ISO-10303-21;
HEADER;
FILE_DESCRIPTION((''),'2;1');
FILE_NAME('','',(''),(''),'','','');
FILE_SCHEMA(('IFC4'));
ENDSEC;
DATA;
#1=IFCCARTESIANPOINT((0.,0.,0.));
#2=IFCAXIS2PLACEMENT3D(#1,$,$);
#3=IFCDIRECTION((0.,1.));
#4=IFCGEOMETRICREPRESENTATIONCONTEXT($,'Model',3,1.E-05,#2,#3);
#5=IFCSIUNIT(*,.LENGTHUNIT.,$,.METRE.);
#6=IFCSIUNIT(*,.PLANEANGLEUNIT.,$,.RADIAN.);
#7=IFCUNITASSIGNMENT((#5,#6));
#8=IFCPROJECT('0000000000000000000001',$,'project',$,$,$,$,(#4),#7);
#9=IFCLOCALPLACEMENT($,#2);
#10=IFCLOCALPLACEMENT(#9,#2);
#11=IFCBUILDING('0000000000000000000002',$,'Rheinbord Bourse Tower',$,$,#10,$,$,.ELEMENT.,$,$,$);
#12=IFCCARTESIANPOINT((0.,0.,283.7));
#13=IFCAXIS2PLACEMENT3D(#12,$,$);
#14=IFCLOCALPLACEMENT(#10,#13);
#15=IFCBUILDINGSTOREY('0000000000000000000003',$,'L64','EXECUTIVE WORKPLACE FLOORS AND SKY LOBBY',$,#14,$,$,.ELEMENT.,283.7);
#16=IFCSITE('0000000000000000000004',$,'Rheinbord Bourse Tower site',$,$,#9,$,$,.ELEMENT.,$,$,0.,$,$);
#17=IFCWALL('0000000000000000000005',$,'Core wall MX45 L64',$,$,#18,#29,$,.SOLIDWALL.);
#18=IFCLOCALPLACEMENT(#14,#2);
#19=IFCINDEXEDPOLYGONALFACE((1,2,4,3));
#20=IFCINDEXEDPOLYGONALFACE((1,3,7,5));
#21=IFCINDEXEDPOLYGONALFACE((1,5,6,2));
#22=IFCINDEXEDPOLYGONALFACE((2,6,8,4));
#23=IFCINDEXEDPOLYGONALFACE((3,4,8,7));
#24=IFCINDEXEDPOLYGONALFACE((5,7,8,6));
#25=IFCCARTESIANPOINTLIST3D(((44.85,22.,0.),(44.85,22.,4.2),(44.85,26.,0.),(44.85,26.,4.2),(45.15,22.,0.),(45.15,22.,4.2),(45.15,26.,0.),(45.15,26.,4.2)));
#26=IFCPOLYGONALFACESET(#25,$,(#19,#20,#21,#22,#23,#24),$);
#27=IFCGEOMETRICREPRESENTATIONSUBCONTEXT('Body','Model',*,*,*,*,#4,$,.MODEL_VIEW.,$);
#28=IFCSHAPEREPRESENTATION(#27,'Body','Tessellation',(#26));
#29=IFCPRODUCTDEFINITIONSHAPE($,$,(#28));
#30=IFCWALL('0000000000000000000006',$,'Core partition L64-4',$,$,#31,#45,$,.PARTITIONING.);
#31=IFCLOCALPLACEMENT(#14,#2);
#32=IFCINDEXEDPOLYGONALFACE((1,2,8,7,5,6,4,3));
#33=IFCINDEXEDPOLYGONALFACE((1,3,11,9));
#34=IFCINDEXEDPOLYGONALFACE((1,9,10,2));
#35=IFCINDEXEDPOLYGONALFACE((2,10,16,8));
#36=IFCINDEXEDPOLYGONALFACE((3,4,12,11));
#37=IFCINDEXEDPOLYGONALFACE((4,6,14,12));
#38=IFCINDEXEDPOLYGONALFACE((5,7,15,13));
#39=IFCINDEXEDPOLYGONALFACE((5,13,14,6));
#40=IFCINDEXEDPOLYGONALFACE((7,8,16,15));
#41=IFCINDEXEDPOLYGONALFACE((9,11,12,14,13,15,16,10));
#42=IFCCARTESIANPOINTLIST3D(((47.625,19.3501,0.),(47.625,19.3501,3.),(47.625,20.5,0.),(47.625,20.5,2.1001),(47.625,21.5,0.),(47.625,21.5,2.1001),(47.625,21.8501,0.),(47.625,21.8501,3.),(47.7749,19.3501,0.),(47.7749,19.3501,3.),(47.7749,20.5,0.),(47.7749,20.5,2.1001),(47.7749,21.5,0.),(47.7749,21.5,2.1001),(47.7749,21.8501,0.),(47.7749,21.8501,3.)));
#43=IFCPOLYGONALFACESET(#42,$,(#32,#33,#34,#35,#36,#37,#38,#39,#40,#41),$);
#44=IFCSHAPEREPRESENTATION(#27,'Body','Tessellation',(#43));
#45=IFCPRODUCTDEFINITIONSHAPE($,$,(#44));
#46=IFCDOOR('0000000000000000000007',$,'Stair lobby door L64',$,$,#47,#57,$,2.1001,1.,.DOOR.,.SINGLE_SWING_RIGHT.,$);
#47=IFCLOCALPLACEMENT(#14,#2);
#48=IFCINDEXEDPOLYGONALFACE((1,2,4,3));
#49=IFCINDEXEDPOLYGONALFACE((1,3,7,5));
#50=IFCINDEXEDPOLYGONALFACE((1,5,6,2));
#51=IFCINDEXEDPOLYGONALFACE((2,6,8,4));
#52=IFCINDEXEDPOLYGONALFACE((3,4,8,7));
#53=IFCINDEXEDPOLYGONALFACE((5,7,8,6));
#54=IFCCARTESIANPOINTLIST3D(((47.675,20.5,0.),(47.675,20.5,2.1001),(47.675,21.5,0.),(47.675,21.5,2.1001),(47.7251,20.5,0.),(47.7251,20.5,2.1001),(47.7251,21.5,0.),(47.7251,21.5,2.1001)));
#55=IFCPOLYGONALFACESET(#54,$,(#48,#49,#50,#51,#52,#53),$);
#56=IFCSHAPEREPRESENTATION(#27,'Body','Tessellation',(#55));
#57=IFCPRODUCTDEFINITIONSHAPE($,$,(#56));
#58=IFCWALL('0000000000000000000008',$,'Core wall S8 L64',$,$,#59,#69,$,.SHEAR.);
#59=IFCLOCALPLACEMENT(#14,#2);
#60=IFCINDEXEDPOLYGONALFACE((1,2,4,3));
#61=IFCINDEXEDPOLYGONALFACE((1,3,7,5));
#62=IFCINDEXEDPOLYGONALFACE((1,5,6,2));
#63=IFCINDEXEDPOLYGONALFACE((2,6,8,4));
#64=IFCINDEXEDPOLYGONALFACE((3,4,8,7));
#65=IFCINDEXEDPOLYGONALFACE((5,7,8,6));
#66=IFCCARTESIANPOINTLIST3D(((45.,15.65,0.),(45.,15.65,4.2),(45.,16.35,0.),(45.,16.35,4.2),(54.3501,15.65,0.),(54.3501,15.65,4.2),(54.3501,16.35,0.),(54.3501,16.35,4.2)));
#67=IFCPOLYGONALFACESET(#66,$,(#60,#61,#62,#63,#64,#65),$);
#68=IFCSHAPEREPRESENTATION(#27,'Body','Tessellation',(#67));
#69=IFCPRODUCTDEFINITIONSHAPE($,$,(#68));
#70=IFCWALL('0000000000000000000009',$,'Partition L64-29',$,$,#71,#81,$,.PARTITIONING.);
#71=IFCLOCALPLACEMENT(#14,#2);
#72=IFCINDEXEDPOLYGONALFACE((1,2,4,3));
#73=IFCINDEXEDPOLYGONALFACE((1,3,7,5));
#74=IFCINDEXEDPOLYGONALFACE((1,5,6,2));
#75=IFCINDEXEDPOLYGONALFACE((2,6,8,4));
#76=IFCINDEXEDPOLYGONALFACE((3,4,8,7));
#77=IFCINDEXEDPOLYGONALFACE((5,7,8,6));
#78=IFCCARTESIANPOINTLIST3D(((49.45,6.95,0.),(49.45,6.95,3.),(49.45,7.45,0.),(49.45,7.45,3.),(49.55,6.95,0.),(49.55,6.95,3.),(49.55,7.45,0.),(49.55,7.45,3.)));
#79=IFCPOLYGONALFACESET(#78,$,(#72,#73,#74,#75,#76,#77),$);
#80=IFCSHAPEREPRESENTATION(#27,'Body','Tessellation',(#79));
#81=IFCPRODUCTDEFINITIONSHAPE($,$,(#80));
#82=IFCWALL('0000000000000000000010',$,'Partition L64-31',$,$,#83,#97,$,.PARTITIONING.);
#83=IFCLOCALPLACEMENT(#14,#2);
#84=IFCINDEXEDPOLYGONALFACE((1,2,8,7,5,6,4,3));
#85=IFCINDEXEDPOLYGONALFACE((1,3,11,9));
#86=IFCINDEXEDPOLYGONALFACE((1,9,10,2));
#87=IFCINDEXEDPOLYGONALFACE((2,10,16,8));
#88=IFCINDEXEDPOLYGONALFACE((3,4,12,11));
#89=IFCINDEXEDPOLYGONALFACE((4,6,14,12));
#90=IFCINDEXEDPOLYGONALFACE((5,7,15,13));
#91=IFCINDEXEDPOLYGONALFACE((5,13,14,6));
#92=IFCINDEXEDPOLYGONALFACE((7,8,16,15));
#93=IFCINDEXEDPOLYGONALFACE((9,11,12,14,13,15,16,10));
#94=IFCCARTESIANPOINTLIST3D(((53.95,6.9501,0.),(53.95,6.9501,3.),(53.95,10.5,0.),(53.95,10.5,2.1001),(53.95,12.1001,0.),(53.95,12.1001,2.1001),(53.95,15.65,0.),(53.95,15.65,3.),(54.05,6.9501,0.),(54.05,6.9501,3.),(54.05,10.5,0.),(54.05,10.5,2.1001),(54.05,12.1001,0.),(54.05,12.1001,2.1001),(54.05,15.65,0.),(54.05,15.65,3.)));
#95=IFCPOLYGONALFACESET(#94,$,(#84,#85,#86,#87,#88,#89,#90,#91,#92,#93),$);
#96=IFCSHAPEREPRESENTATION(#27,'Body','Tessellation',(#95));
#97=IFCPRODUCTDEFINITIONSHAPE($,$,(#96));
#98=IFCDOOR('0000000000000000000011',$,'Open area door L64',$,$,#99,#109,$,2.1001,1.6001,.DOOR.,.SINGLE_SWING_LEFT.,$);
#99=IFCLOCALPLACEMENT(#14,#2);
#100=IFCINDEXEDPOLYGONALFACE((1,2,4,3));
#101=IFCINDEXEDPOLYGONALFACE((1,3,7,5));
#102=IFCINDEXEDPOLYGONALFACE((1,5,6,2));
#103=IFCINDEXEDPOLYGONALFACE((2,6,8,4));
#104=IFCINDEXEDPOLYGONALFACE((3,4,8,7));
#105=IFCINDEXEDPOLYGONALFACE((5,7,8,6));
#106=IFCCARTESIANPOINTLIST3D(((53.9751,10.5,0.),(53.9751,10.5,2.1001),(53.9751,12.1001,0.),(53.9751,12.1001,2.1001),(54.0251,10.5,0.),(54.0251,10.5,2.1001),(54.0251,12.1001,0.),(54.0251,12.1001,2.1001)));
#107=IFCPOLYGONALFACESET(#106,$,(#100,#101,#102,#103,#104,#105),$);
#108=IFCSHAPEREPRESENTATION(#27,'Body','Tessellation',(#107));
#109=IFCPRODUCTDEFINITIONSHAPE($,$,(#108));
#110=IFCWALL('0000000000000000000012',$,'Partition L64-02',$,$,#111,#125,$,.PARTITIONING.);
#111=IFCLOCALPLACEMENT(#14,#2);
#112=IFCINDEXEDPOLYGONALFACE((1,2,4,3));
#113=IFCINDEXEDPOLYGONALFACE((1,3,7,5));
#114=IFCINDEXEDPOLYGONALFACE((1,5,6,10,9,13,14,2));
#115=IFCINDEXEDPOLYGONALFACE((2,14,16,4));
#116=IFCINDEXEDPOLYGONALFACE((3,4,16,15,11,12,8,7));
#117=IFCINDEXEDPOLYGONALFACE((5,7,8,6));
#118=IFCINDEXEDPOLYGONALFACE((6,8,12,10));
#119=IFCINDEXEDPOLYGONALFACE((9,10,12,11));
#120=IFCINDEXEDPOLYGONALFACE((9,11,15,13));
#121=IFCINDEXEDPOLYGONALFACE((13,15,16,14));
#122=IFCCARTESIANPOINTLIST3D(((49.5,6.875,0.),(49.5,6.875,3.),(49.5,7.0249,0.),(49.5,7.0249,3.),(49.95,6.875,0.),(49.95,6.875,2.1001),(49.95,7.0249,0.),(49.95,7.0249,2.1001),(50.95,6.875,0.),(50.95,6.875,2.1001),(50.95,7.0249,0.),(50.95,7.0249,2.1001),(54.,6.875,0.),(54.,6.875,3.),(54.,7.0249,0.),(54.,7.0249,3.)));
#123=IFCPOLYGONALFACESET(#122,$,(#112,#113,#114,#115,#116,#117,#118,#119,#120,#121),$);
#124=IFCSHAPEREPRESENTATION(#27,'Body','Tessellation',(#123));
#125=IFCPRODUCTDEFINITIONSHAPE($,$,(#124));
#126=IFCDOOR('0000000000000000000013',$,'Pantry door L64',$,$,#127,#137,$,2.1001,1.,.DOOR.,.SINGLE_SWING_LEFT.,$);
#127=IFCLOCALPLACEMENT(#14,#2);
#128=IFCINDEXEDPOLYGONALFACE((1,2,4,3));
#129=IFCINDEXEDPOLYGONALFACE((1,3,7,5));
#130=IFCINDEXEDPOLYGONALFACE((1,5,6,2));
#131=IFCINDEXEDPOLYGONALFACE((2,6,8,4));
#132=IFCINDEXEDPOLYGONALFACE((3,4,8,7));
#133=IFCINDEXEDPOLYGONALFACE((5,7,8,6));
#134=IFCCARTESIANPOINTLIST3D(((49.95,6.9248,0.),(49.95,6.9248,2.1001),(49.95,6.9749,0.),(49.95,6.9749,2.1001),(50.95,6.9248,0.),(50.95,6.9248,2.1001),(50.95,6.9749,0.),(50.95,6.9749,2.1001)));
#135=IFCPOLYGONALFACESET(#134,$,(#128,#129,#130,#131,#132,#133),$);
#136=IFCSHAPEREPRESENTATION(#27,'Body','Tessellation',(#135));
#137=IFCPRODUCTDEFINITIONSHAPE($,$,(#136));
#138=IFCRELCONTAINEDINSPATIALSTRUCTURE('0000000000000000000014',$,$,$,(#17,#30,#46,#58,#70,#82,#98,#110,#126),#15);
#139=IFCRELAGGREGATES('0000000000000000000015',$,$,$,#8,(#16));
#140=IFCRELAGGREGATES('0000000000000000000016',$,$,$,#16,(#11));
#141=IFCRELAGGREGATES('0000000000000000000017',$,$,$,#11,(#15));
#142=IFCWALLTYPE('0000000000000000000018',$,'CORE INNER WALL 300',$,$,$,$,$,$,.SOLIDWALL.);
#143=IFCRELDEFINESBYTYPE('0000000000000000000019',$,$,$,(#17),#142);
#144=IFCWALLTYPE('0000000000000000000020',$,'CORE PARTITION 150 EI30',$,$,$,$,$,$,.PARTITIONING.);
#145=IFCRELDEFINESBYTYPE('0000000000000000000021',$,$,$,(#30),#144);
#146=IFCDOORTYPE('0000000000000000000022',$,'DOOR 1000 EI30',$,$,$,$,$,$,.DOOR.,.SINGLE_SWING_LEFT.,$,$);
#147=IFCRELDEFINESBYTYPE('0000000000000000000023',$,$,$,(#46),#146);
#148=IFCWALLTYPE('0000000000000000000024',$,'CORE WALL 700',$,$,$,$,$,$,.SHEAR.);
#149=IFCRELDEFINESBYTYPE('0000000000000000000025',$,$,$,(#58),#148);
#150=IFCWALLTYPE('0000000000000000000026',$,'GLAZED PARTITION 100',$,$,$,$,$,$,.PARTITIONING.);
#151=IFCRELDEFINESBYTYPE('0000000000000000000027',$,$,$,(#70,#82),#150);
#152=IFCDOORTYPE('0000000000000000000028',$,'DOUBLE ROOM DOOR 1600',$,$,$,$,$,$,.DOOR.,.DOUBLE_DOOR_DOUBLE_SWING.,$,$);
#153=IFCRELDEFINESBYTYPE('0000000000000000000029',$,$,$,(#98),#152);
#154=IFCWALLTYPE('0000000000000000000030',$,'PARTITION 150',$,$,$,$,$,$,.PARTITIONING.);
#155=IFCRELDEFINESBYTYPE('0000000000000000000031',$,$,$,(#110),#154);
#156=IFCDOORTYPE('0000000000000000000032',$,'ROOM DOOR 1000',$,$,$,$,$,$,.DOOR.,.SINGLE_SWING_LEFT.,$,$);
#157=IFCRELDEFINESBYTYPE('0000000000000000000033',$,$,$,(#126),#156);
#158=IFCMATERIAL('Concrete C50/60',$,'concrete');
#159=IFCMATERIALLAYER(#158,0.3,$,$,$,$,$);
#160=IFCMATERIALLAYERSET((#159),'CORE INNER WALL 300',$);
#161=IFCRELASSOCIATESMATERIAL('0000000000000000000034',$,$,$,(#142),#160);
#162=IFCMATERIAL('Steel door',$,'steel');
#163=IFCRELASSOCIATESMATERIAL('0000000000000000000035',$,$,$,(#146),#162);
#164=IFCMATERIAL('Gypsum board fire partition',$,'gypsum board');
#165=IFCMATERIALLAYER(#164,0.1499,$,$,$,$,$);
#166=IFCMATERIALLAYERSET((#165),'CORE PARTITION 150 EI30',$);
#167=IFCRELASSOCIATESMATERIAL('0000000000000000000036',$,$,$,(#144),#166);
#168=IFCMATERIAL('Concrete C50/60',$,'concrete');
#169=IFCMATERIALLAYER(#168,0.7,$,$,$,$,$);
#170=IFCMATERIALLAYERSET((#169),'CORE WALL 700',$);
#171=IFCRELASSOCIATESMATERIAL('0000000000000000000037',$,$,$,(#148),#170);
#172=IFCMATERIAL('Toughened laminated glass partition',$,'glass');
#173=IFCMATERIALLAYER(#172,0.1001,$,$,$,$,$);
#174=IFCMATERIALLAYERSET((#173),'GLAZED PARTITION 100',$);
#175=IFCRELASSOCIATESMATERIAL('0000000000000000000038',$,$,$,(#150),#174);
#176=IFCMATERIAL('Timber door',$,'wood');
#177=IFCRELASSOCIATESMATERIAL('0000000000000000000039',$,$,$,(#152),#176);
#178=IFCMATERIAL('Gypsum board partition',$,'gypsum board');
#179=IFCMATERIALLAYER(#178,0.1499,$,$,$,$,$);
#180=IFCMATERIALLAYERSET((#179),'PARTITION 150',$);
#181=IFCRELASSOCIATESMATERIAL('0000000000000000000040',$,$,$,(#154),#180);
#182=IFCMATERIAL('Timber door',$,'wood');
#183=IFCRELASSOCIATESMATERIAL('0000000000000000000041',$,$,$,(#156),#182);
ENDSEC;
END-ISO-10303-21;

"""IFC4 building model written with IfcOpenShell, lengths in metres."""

from ifc_helpers import new_model, si_unit, direction, frame, frame_2d, origin, place, context, subcontext, project, spatial, rectangle, extrude, material, layer, layer_set, type_object, element, fill, save


model = new_model("IFC4")

# Units and contexts
model_context = context("Model", 3, precision=1e-05, world=origin(), true_north=direction((0.0, 1.0)))
body_context = subcontext(model_context, "Body", "Model", "MODEL_VIEW")
ifc_project = project(units=[si_unit("LENGTHUNIT", "METRE"), si_unit("PLANEANGLEUNIT", "RADIAN")], contexts=[model_context])

# Site, building, storey
site_placement = place(None, origin())
site = spatial("IfcSite", under=ifc_project, at=site_placement, Name="Rheinbord Bourse Tower site", CompositionType="ELEMENT", RefElevation=0.0)
building_placement = place(site_placement, origin())
building = spatial("IfcBuilding", under=site, at=building_placement, Name="Rheinbord Bourse Tower", CompositionType="ELEMENT")
storey_placement = place(building_placement, frame((0.0, 0.0, 283.7)))
storey = spatial("IfcBuildingStorey", under=building, at=storey_placement, Name="L64", Description="EXECUTIVE WORKPLACE FLOORS AND SKY LOBBY", CompositionType="ELEMENT", Elevation=283.7)

# Shared definitions
ifc_material_1 = material(Name="Concrete C50/60", Category="concrete")
ifc_layer_1 = layer(ifc_material_1, 0.3)
ifc_layer_set_1 = layer_set([ifc_layer_1], Name="CORE INNER WALL 300")
wall_type_1 = type_object("IfcWallType", Name="CORE INNER WALL 300", PredefinedType="SOLIDWALL", material=ifc_layer_set_1)
ifc_material_2 = material(Name="Steel door", Category="steel")
door_type_1 = type_object("IfcDoorType", Name="DOOR 1000 EI30", OperationType="SINGLE_SWING_LEFT", PredefinedType="DOOR", material=ifc_material_2)

# Wall
wall_1_placement = place(storey_placement, frame((45.0, 22.0, 0.0), z_axis=(0.0, 0.0, 1.0), x_axis=(0.0, 1.0, 0.0)))
element("IfcWall", 1, at=wall_1_placement, inside=storey, type_object=wall_type_1, Name="Core wall MX45 L64", PredefinedType="SOLIDWALL", context=body_context, shape_type="SweptSolid", body=[
    extrude(rectangle(XDim=4.0, YDim=0.3, at=frame_2d((2.0, 0.0))), origin(), (0.0, 0.0, 1.0), 4.2),
])

# Wall, opening, door
ifc_material_3 = material(Name="Gypsum board fire partition", Category="gypsum board")
ifc_layer_2 = layer(ifc_material_3, 0.1499)
ifc_layer_set_2 = layer_set([ifc_layer_2], Name="CORE PARTITION 150 EI30")
wall_type_2 = type_object("IfcWallType", Name="CORE PARTITION 150 EI30", PredefinedType="PARTITIONING", material=ifc_layer_set_2)
wall_2_placement = place(storey_placement, frame((47.7, 19.3501, 0.0), z_axis=(0.0, 0.0, 1.0), x_axis=(0.0, 1.0, 0.0)))
wall_2 = element("IfcWall", 2, at=wall_2_placement, inside=storey, type_object=wall_type_2, Name="Core partition L64-4", PredefinedType="PARTITIONING", context=body_context, shape_type="SweptSolid", body=[
    extrude(rectangle(XDim=2.5, YDim=0.1499, at=frame_2d((1.25, 0.0))), origin(), (0.0, 0.0, 1.0), 3.0),
])
opening_1_placement = place(wall_2_placement, frame((1.1499, 0.0, 0.0)))
opening_1 = element("IfcOpeningElement", 3, at=opening_1_placement, cuts=wall_2, PredefinedType="OPENING", context=body_context, shape_type="SweptSolid", body=[
    extrude(rectangle(XDim=1.0, YDim=2.1001, at=frame_2d((0.5, 1.05))), frame((0.0, 0.085, 0.0), z_axis=(0.0, -1.0, 0.0), x_axis=(1.0, 0.0, 0.0)), (0.0, 0.0, 1.0), 0.1699),
])
door_1_placement = place(opening_1_placement, origin())
door_1 = element("IfcDoor", 4, at=door_1_placement, inside=storey, type_object=door_type_1, Name="Stair lobby door L64", OperationType="SINGLE_SWING_RIGHT", OverallHeight=2.1001, OverallWidth=1.0, PredefinedType="DOOR", context=body_context, shape_type="SweptSolid", body=[
    extrude(rectangle(XDim=1.0, YDim=2.1001, at=frame_2d((0.5, 1.05))), frame((0.0, 0.0249, 0.0), z_axis=(0.0, -1.0, 0.0), x_axis=(1.0, 0.0, 0.0)), (0.0, 0.0, 1.0), 0.05),
])
fill(opening_1, door_1)

# Walls
ifc_material_4 = material(Name="Concrete C50/60", Category="concrete")
ifc_layer_3 = layer(ifc_material_4, 0.7)
ifc_layer_set_3 = layer_set([ifc_layer_3], Name="CORE WALL 700")
wall_type_3 = type_object("IfcWallType", Name="CORE WALL 700", PredefinedType="SHEAR", material=ifc_layer_set_3)
wall_3_placement = place(storey_placement, frame((45.0, 16.0, 0.0), z_axis=(0.0, 0.0, 1.0), x_axis=(1.0, 0.0, 0.0)))
element("IfcWall", 5, at=wall_3_placement, inside=storey, type_object=wall_type_3, Name="Core wall S8 L64", PredefinedType="SHEAR", context=body_context, shape_type="SweptSolid", body=[
    extrude(rectangle(XDim=9.3501, YDim=0.7, at=frame_2d((4.675, 0.0))), origin(), (0.0, 0.0, 1.0), 4.2),
])
ifc_material_5 = material(Name="Toughened laminated glass partition", Category="glass")
ifc_layer_4 = layer(ifc_material_5, 0.1001)
ifc_layer_set_4 = layer_set([ifc_layer_4], Name="GLAZED PARTITION 100")
wall_type_4 = type_object("IfcWallType", Name="GLAZED PARTITION 100", PredefinedType="PARTITIONING", material=ifc_layer_set_4)
wall_4_placement = place(storey_placement, frame((49.5, 6.95, 0.0), z_axis=(0.0, 0.0, 1.0), x_axis=(0.0, 1.0, 0.0)))
element("IfcWall", 6, at=wall_4_placement, inside=storey, type_object=wall_type_4, Name="Partition L64-29", PredefinedType="PARTITIONING", context=body_context, shape_type="SweptSolid", body=[
    extrude(rectangle(XDim=0.5, YDim=0.1001, at=frame_2d((0.25, 0.0))), origin(), (0.0, 0.0, 1.0), 3.0),
])

# Walls, openings, doors
wall_5_placement = place(storey_placement, frame((54.0, 6.95, 0.0), z_axis=(0.0, 0.0, 1.0), x_axis=(0.0, 1.0, 0.0)))
wall_5 = element("IfcWall", 7, at=wall_5_placement, inside=storey, type_object=wall_type_4, Name="Partition L64-31", PredefinedType="PARTITIONING", context=body_context, shape_type="SweptSolid", body=[
    extrude(rectangle(XDim=8.7, YDim=0.1001, at=frame_2d((4.3501, 0.0))), origin(), (0.0, 0.0, 1.0), 3.0),
])
opening_2_placement = place(wall_5_placement, frame((3.55, 0.0, 0.0)))
opening_2 = element("IfcOpeningElement", 8, at=opening_2_placement, cuts=wall_5, PredefinedType="OPENING", context=body_context, shape_type="SweptSolid", body=[
    extrude(rectangle(XDim=1.6001, YDim=2.1001, at=frame_2d((0.8, 1.05))), frame((0.0, 0.0601, 0.0), z_axis=(0.0, -1.0, 0.0), x_axis=(1.0, 0.0, 0.0)), (0.0, 0.0, 1.0), 0.1201),
])
ifc_material_6 = material(Name="Timber door", Category="wood")
door_type_2 = type_object("IfcDoorType", Name="DOUBLE ROOM DOOR 1600", OperationType="DOUBLE_DOOR_DOUBLE_SWING", PredefinedType="DOOR", material=ifc_material_6)
door_2_placement = place(opening_2_placement, origin())
door_2 = element("IfcDoor", 9, at=door_2_placement, inside=storey, type_object=door_type_2, Name="Open area door L64", OperationType="SINGLE_SWING_LEFT", OverallHeight=2.1001, OverallWidth=1.6001, PredefinedType="DOOR", context=body_context, shape_type="SweptSolid", body=[
    extrude(rectangle(XDim=1.6001, YDim=2.1001, at=frame_2d((0.8, 1.05))), frame((0.0, 0.0249, 0.0), z_axis=(0.0, -1.0, 0.0), x_axis=(1.0, 0.0, 0.0)), (0.0, 0.0, 1.0), 0.05),
])
fill(opening_2, door_2)
ifc_material_7 = material(Name="Gypsum board partition", Category="gypsum board")
ifc_layer_5 = layer(ifc_material_7, 0.1499)
ifc_layer_set_5 = layer_set([ifc_layer_5], Name="PARTITION 150")
wall_type_5 = type_object("IfcWallType", Name="PARTITION 150", PredefinedType="PARTITIONING", material=ifc_layer_set_5)
wall_6_placement = place(storey_placement, frame((49.5, 6.95, 0.0), z_axis=(0.0, 0.0, 1.0), x_axis=(1.0, 0.0, 0.0)))
wall_6 = element("IfcWall", 10, at=wall_6_placement, inside=storey, type_object=wall_type_5, Name="Partition L64-02", PredefinedType="PARTITIONING", context=body_context, shape_type="SweptSolid", body=[
    extrude(rectangle(XDim=4.5, YDim=0.1499, at=frame_2d((2.25, 0.0))), origin(), (0.0, 0.0, 1.0), 3.0),
])
opening_3_placement = place(wall_6_placement, frame((0.45, 0.0, 0.0)))
opening_3 = element("IfcOpeningElement", 11, at=opening_3_placement, cuts=wall_6, PredefinedType="OPENING", context=body_context, shape_type="SweptSolid", body=[
    extrude(rectangle(XDim=1.0, YDim=2.1001, at=frame_2d((0.5, 1.05))), frame((0.0, 0.085, 0.0), z_axis=(0.0, -1.0, 0.0), x_axis=(1.0, 0.0, 0.0)), (0.0, 0.0, 1.0), 0.1699),
])
ifc_material_8 = material(Name="Timber door", Category="wood")
door_type_3 = type_object("IfcDoorType", Name="ROOM DOOR 1000", OperationType="SINGLE_SWING_LEFT", PredefinedType="DOOR", material=ifc_material_8)
door_3_placement = place(opening_3_placement, origin())
door_3 = element("IfcDoor", 12, at=door_3_placement, inside=storey, type_object=door_type_3, Name="Pantry door L64", OperationType="SINGLE_SWING_LEFT", OverallHeight=2.1001, OverallWidth=1.0, PredefinedType="DOOR", context=body_context, shape_type="SweptSolid", body=[
    extrude(rectangle(XDim=1.0, YDim=2.1001, at=frame_2d((0.5, 1.05))), frame((0.0, 0.0249, 0.0), z_axis=(0.0, -1.0, 0.0), x_axis=(1.0, 0.0, 0.0)), (0.0, 0.0, 1.0), 0.05),
])
fill(opening_3, door_3)

save(model, "model.ifc")
